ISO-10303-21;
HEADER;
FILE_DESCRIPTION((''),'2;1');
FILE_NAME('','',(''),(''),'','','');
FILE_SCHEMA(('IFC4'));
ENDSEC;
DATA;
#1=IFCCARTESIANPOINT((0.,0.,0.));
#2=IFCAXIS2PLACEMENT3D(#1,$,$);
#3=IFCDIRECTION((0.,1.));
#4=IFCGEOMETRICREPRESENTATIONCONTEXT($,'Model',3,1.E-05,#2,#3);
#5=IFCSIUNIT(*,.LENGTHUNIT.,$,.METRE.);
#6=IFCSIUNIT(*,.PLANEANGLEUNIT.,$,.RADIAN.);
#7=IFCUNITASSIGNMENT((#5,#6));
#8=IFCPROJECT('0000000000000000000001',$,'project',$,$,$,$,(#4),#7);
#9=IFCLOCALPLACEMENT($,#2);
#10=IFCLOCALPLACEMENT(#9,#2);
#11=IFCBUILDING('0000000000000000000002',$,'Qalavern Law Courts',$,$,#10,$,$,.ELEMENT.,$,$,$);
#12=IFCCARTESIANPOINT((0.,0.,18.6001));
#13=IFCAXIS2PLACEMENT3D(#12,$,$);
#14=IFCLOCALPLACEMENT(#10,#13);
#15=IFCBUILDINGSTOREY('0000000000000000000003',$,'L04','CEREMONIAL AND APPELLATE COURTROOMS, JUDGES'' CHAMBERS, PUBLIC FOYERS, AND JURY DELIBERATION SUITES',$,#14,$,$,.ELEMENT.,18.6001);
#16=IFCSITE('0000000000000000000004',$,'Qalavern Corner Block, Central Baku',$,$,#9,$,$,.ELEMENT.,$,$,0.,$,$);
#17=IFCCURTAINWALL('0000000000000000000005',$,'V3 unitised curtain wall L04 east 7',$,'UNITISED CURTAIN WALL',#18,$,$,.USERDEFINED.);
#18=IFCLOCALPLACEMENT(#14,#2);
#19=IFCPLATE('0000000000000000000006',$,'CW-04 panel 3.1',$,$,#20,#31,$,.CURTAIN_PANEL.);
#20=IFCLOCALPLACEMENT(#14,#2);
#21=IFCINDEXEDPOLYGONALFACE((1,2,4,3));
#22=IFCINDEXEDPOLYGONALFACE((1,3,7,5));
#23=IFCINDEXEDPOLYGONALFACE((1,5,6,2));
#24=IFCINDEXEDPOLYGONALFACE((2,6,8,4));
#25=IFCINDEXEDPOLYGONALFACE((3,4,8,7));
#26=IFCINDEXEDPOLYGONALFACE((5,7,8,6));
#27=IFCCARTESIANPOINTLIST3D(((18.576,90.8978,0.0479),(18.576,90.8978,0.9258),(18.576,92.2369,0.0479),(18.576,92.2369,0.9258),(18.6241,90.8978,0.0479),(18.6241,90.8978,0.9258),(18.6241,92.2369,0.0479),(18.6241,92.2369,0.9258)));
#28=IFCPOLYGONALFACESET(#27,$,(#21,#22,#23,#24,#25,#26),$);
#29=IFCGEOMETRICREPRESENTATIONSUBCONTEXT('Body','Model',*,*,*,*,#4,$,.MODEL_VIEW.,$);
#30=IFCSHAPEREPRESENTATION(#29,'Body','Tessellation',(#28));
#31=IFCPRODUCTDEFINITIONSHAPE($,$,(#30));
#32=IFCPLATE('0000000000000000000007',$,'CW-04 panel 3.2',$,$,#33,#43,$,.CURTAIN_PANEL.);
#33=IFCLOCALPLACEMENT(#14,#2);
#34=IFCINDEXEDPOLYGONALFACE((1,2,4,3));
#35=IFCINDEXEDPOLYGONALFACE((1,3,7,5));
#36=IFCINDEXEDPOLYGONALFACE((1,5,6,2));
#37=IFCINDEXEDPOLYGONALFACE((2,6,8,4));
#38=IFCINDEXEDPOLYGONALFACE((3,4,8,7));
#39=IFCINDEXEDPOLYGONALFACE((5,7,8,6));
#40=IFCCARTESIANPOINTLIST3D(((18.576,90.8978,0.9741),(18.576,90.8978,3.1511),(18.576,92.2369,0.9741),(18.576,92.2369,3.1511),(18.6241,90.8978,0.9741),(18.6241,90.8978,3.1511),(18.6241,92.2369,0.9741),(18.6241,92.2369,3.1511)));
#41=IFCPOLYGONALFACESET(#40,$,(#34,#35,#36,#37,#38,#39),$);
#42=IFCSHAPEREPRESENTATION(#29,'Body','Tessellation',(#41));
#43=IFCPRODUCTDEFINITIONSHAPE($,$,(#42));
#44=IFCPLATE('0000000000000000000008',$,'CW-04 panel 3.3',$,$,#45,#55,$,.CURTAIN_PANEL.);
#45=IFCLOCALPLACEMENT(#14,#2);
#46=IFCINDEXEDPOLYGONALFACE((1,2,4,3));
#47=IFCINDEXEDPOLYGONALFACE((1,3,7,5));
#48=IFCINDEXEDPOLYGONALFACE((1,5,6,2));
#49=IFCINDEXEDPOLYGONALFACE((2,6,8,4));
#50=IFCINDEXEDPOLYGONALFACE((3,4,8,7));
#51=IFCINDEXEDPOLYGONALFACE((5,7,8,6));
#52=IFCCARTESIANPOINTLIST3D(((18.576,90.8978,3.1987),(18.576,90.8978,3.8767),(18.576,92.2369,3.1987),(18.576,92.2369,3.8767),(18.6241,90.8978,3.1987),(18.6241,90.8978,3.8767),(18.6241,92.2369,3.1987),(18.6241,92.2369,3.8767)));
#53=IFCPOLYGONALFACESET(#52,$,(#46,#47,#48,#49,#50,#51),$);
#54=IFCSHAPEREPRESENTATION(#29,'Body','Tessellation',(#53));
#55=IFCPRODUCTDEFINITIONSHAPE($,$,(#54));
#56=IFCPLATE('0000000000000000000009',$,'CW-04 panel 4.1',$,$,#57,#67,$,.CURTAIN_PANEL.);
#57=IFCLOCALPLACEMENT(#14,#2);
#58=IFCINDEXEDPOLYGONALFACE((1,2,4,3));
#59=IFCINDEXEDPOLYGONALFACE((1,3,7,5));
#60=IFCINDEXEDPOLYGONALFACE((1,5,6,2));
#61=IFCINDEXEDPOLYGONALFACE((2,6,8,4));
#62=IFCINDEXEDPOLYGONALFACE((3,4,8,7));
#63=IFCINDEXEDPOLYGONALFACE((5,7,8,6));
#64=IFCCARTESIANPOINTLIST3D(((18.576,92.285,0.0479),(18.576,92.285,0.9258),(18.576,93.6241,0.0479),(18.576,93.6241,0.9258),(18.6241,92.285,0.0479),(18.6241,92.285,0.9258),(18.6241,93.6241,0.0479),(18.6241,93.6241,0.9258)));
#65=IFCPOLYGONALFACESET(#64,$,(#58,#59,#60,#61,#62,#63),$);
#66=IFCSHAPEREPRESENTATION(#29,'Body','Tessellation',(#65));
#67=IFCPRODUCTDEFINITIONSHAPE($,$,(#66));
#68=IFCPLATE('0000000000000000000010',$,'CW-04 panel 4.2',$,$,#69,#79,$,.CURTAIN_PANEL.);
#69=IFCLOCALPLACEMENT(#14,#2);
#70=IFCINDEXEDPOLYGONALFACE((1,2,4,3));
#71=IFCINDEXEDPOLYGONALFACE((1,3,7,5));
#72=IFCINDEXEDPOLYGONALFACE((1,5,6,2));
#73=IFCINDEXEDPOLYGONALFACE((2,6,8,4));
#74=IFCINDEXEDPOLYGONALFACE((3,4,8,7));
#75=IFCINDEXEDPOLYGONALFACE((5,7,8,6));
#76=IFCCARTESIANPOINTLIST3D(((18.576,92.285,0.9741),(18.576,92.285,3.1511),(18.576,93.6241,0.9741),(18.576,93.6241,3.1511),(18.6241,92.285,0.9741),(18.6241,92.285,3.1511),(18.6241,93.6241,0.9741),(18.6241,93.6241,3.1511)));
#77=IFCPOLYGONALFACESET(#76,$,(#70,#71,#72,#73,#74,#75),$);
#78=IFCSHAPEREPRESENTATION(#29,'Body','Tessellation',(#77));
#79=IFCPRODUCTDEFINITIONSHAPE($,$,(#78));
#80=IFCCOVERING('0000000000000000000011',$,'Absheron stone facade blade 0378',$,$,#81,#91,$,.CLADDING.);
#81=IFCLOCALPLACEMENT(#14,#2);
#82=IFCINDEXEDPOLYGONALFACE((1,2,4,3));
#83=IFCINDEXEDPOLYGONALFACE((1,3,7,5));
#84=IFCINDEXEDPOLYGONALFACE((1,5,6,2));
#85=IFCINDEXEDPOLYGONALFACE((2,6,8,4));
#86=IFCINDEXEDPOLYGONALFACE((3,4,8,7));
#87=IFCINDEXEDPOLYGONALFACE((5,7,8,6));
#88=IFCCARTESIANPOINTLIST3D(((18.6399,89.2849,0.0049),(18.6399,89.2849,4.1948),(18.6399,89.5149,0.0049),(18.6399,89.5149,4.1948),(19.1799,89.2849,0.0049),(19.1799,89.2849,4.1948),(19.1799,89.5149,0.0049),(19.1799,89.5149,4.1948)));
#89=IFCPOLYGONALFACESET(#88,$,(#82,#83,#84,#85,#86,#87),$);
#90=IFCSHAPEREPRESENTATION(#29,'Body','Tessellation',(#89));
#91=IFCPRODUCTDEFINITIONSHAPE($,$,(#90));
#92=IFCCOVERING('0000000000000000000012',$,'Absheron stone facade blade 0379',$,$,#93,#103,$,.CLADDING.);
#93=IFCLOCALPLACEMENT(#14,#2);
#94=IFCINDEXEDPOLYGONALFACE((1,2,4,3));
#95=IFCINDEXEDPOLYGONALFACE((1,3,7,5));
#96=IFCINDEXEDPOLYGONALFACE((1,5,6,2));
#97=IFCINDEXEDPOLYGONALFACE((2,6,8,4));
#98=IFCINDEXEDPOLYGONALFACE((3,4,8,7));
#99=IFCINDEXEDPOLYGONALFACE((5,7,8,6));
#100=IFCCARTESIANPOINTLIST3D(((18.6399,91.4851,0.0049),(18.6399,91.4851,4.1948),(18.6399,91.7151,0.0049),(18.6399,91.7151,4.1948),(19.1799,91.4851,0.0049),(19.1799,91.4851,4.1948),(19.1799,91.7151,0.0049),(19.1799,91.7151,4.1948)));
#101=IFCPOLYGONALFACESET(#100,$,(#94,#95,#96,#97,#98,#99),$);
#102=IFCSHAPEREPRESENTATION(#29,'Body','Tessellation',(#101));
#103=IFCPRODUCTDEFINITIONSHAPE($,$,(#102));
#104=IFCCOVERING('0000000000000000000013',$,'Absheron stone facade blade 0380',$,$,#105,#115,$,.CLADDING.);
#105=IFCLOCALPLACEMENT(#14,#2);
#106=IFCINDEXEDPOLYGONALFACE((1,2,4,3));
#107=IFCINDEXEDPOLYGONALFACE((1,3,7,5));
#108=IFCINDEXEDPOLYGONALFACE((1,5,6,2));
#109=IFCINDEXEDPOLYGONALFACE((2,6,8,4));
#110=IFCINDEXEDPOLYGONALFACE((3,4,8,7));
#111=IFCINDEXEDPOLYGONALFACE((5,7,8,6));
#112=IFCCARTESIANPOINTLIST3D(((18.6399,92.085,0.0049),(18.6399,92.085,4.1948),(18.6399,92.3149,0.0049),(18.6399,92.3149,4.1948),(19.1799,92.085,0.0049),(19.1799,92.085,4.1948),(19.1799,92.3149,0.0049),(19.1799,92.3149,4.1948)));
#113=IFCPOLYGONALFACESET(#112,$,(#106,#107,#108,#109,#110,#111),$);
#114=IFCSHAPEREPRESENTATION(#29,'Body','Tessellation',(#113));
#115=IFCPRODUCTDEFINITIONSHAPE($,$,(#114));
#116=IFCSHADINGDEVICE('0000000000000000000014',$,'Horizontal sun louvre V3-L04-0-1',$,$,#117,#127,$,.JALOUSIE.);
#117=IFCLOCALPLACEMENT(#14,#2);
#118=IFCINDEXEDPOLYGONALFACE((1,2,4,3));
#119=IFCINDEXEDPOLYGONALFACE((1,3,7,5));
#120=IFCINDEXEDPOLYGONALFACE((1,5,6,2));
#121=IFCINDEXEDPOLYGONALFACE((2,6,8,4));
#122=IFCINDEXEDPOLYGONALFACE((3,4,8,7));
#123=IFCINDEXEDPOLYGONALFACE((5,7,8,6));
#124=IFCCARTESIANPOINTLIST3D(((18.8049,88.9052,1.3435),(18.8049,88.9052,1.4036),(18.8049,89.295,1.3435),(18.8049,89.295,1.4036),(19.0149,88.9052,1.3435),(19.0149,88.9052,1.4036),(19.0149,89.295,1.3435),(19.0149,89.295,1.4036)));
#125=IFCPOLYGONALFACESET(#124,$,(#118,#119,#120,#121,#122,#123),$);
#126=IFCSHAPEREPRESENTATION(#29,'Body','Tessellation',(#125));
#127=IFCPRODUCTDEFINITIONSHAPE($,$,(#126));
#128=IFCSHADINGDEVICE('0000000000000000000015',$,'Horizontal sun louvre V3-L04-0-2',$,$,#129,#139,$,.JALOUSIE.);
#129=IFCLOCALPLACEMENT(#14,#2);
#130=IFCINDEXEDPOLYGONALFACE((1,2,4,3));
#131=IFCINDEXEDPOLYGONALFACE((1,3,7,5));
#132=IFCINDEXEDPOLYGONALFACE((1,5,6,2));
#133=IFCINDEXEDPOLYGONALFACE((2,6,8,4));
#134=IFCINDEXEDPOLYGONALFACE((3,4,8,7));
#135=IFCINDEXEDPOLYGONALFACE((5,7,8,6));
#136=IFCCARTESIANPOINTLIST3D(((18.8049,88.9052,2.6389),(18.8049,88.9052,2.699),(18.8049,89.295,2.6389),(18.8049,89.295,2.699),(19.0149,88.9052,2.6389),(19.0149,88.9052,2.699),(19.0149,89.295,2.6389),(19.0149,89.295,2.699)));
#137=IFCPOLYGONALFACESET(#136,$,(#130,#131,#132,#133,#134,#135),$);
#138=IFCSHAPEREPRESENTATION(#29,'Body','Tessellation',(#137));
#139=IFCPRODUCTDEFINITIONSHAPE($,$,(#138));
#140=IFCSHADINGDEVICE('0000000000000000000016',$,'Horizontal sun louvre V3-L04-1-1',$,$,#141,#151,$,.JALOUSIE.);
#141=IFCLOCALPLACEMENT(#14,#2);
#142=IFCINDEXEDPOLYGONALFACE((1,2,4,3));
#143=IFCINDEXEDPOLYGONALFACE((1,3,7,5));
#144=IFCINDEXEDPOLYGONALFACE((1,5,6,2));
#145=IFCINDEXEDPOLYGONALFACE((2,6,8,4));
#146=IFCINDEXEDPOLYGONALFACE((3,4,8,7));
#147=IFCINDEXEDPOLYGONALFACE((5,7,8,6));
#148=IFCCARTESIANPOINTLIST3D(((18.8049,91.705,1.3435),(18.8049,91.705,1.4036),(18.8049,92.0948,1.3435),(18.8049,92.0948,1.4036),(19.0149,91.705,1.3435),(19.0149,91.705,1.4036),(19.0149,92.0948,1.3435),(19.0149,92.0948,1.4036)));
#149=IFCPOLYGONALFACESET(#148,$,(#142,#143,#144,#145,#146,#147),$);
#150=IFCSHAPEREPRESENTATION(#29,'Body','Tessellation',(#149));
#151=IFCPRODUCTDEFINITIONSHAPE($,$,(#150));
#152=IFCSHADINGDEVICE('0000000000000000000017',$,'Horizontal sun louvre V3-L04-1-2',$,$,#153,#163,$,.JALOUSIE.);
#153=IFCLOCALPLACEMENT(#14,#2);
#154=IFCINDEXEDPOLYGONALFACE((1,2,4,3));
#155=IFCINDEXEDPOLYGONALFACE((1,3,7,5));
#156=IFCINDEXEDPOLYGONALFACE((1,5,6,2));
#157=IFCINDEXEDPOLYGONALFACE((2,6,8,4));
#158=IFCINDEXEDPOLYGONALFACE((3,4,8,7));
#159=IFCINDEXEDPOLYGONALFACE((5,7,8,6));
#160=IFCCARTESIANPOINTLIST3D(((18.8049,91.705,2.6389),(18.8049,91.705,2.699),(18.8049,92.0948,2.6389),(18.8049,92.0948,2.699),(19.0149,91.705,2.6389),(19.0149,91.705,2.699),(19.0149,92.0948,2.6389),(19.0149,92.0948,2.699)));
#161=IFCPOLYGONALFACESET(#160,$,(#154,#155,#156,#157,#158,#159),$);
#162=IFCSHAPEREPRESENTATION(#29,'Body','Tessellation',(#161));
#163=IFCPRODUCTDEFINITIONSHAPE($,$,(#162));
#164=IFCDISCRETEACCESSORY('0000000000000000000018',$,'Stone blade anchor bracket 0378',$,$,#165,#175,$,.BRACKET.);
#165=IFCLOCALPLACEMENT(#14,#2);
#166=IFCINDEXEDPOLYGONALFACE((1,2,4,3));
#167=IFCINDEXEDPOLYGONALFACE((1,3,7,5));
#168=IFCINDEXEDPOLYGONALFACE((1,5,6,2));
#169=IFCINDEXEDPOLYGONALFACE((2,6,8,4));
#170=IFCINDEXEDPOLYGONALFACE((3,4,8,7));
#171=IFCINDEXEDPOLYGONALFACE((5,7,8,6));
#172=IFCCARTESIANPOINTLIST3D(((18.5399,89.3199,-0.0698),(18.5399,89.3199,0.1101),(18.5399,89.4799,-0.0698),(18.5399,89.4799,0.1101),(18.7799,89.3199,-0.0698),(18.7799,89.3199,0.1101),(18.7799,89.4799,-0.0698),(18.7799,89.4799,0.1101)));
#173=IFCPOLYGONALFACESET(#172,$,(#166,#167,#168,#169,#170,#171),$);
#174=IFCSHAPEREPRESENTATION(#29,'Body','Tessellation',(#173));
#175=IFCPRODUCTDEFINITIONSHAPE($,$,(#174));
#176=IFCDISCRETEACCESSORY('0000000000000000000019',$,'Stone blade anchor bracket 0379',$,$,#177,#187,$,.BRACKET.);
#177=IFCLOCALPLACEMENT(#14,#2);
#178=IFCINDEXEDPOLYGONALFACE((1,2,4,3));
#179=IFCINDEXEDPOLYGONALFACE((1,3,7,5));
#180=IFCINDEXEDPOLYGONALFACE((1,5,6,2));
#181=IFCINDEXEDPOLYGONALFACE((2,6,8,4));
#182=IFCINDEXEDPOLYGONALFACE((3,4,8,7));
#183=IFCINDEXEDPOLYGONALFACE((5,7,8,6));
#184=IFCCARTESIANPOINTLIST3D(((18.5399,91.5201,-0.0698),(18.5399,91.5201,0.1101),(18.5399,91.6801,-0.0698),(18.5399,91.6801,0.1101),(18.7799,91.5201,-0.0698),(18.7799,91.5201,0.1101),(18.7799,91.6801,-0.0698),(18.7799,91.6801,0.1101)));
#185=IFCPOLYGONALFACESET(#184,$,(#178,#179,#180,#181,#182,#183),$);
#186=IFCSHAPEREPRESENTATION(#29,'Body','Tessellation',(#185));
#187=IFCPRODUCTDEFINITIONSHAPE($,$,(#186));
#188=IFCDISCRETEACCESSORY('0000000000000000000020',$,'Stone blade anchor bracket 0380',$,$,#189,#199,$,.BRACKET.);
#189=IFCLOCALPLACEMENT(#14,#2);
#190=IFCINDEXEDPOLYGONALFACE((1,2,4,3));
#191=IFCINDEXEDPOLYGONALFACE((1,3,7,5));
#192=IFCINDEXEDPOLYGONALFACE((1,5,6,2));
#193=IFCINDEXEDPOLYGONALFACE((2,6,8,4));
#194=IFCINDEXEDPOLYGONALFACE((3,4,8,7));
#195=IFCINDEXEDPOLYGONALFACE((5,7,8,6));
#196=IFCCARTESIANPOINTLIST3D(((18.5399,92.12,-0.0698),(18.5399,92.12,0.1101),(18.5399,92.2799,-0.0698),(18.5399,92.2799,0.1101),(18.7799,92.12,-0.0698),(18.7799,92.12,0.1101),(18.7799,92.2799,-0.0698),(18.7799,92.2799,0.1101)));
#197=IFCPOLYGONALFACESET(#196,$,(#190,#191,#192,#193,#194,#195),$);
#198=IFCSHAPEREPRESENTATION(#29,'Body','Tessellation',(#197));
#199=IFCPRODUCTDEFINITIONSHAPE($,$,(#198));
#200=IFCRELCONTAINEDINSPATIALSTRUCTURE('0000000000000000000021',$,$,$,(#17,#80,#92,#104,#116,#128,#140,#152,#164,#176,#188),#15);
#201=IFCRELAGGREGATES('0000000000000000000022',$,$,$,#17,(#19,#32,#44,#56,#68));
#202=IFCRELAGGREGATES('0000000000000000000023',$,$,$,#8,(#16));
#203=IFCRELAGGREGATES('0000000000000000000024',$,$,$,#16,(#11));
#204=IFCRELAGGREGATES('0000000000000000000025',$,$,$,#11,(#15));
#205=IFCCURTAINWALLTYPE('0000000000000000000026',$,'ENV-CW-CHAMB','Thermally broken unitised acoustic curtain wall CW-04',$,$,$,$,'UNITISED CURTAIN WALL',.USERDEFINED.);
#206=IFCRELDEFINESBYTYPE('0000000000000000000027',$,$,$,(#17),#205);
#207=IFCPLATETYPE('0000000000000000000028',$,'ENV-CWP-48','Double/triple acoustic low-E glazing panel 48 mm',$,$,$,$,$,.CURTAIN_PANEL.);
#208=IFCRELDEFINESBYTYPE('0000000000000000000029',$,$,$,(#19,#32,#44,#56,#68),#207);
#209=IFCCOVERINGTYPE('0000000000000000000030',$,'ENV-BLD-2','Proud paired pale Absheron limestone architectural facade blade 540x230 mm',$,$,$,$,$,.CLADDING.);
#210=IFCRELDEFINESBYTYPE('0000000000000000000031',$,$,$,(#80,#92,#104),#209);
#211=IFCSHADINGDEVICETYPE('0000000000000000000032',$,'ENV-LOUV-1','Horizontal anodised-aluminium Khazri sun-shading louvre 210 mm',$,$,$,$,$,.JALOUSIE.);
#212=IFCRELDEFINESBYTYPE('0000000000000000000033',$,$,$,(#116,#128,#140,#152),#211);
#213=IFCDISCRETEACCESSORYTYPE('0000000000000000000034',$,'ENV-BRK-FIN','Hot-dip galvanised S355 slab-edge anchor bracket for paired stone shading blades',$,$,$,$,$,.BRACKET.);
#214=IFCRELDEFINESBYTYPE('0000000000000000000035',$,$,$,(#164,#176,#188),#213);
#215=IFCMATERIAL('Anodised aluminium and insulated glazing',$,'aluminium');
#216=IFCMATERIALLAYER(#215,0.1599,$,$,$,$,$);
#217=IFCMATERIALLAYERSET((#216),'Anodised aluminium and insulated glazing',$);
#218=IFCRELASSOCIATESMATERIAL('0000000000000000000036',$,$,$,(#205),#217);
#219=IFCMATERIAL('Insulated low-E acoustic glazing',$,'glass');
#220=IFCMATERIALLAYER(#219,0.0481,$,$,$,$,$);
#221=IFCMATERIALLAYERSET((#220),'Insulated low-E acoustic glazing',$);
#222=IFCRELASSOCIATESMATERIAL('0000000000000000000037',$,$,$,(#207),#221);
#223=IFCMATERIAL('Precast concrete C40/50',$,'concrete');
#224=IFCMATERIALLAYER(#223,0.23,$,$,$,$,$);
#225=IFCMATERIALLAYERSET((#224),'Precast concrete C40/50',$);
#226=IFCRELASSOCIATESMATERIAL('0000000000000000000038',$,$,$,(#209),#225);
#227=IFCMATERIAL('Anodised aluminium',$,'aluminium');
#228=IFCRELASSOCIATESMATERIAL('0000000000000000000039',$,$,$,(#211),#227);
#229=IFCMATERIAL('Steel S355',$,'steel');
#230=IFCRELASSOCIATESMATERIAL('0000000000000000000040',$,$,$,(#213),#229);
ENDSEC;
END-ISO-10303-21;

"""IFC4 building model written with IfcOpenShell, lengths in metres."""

from ifc_helpers import new_model, si_unit, direction, frame, origin, origin_2d, place, context, subcontext, project, spatial, rectangle, extrude, material, layer, layer_set, type_object, element, aggregate, save


model = new_model("IFC4")

# Units and contexts
model_context = context("Model", 3, precision=1e-05, world=origin(), true_north=direction((0.0, 1.0)))
body_context = subcontext(model_context, "Body", "Model", "MODEL_VIEW")
ifc_project = project(units=[si_unit("LENGTHUNIT", "METRE"), si_unit("PLANEANGLEUNIT", "RADIAN")], contexts=[model_context])

# Site, building, storey
site_placement = place(None, origin())
site = spatial("IfcSite", under=ifc_project, at=site_placement, Name="Qalavern Corner Block, Central Baku", CompositionType="ELEMENT", RefElevation=0.0)
building_placement = place(site_placement, origin())
building = spatial("IfcBuilding", under=site, at=building_placement, Name="Qalavern Law Courts", CompositionType="ELEMENT")
storey_placement = place(building_placement, frame((0.0, 0.0, 18.6001)))
storey = spatial("IfcBuildingStorey", under=building, at=storey_placement, Name="L04", Description="CEREMONIAL AND APPELLATE COURTROOMS, JUDGES' CHAMBERS, PUBLIC FOYERS, AND JURY DELIBERATION SUITES", CompositionType="ELEMENT", Elevation=18.6001)

# Curtain wall
ifc_material_1 = material(Name="Anodised aluminium and insulated glazing", Category="aluminium")
ifc_layer_1 = layer(ifc_material_1, 0.1599)
ifc_layer_set_1 = layer_set([ifc_layer_1], Name="Anodised aluminium and insulated glazing")
curtain_wall_type = type_object("IfcCurtainWallType", Name="ENV-CW-CHAMB", Description="Thermally broken unitised acoustic curtain wall CW-04", ElementType="UNITISED CURTAIN WALL", PredefinedType="USERDEFINED", material=ifc_layer_set_1)
curtain_wall_placement = place(storey_placement, origin())
curtain_wall = element("IfcCurtainWall", 1, at=curtain_wall_placement, inside=storey, type_object=curtain_wall_type, Name="V3 unitised curtain wall L04 east 7", ObjectType="UNITISED CURTAIN WALL", PredefinedType="USERDEFINED")
ifc_material_2 = material(Name="Anodised aluminium", Category="aluminium")

# Shared definitions
ifc_material_3 = material(Name="Steel S355", Category="steel")

# Plates
ifc_material_4 = material(Name="Insulated low-E acoustic glazing", Category="glass")
ifc_layer_2 = layer(ifc_material_4, 0.0481)
ifc_layer_set_2 = layer_set([ifc_layer_2], Name="Insulated low-E acoustic glazing")
plate_type = type_object("IfcPlateType", Name="ENV-CWP-48", Description="Double/triple acoustic low-E glazing panel 48 mm", PredefinedType="CURTAIN_PANEL", material=ifc_layer_set_2)
plate_1_placement = place(storey_placement, frame((18.6001, 91.5674, 0.0479), z_axis=(0.0, 0.0, 1.0), x_axis=(0.0, 1.0, 0.0)))
plate_1 = element("IfcPlate", 2, at=plate_1_placement, type_object=plate_type, Name="CW-04 panel 3.1", PredefinedType="CURTAIN_PANEL", context=body_context, shape_type="SweptSolid", body=[
    extrude(rectangle(XDim=1.3391, YDim=0.0481, at=origin_2d()), origin(), (0.0, 0.0, 1.0), 0.8779),
])
plate_2_placement = place(storey_placement, frame((18.6001, 91.5674, 0.9741), z_axis=(0.0, 0.0, 1.0), x_axis=(0.0, 1.0, 0.0)))
plate_2 = element("IfcPlate", 3, at=plate_2_placement, type_object=plate_type, Name="CW-04 panel 3.2", PredefinedType="CURTAIN_PANEL", context=body_context, shape_type="SweptSolid", body=[
    extrude(rectangle(XDim=1.3391, YDim=0.0481, at=origin_2d()), origin(), (0.0, 0.0, 1.0), 2.177),
])
plate_3_placement = place(storey_placement, frame((18.6001, 91.5674, 3.1987), z_axis=(0.0, 0.0, 1.0), x_axis=(0.0, 1.0, 0.0)))
plate_3 = element("IfcPlate", 4, at=plate_3_placement, type_object=plate_type, Name="CW-04 panel 3.3", PredefinedType="CURTAIN_PANEL", context=body_context, shape_type="SweptSolid", body=[
    extrude(rectangle(XDim=1.3391, YDim=0.0481, at=origin_2d()), origin(), (0.0, 0.0, 1.0), 0.678),
])
plate_4_placement = place(storey_placement, frame((18.6001, 92.9546, 0.0479), z_axis=(0.0, 0.0, 1.0), x_axis=(0.0, 1.0, 0.0)))
plate_4 = element("IfcPlate", 5, at=plate_4_placement, type_object=plate_type, Name="CW-04 panel 4.1", PredefinedType="CURTAIN_PANEL", context=body_context, shape_type="SweptSolid", body=[
    extrude(rectangle(XDim=1.3391, YDim=0.0481, at=origin_2d()), origin(), (0.0, 0.0, 1.0), 0.8779),
])
plate_5_placement = place(storey_placement, frame((18.6001, 92.9546, 0.9741), z_axis=(0.0, 0.0, 1.0), x_axis=(0.0, 1.0, 0.0)))
plate_5 = element("IfcPlate", 6, at=plate_5_placement, type_object=plate_type, Name="CW-04 panel 4.2", PredefinedType="CURTAIN_PANEL", context=body_context, shape_type="SweptSolid", body=[
    extrude(rectangle(XDim=1.3391, YDim=0.0481, at=origin_2d()), origin(), (0.0, 0.0, 1.0), 2.177),
])
aggregate(curtain_wall, [plate_1, plate_2, plate_3, plate_4, plate_5])

# Coverings
ifc_material_5 = material(Name="Precast concrete C40/50", Category="concrete")
ifc_layer_3 = layer(ifc_material_5, 0.23)
ifc_layer_set_3 = layer_set([ifc_layer_3], Name="Precast concrete C40/50")
covering_type = type_object("IfcCoveringType", Name="ENV-BLD-2", Description="Proud paired pale Absheron limestone architectural facade blade 540x230 mm", PredefinedType="CLADDING", material=ifc_layer_set_3)
for number, where, z_axis, x_axis, name in (
    (7, (18.9099, 89.3999, 0.0049), (0.0, 0.0, 1.0), (1.0, 0.0, 0.0), "Absheron stone facade blade 0378"),
    (8, (18.9099, 91.6001, 0.0049), (0.0, 0.0, 1.0), (1.0, 0.0, 0.0), "Absheron stone facade blade 0379"),
    (9, (18.9099, 92.2, 0.0049), (0.0, 0.0, 1.0), (1.0, 0.0, 0.0), "Absheron stone facade blade 0380"),
):
    element("IfcCovering", number, at=place(storey_placement, frame(where, z_axis=z_axis, x_axis=x_axis)), inside=storey, type_object=covering_type, Name=name, PredefinedType="CLADDING", context=body_context, shape_type="SweptSolid", body=[
        extrude(rectangle(XDim=0.54, YDim=0.23, at=origin_2d()), origin(), (0.0, 0.0, 1.0), 4.1899),
    ])

# Shading devices
shading_device_type = type_object("IfcShadingDeviceType", Name="ENV-LOUV-1", Description="Horizontal anodised-aluminium Khazri sun-shading louvre 210 mm", PredefinedType="JALOUSIE", material=ifc_material_2)
for number, where, z_axis, x_axis, name in (
    (10, (18.9099, 89.1001, 1.3435), (0.0, 0.0, 1.0), (0.0, 1.0, 0.0), "Horizontal sun louvre V3-L04-0-1"),
    (11, (18.9099, 89.1001, 2.6389), (0.0, 0.0, 1.0), (0.0, 1.0, 0.0), "Horizontal sun louvre V3-L04-0-2"),
    (12, (18.9099, 91.8999, 1.3435), (0.0, 0.0, 1.0), (0.0, 1.0, 0.0), "Horizontal sun louvre V3-L04-1-1"),
    (13, (18.9099, 91.8999, 2.6389), (0.0, 0.0, 1.0), (0.0, 1.0, 0.0), "Horizontal sun louvre V3-L04-1-2"),
):
    element("IfcShadingDevice", number, at=place(storey_placement, frame(where, z_axis=z_axis, x_axis=x_axis)), inside=storey, type_object=shading_device_type, Name=name, PredefinedType="JALOUSIE", context=body_context, shape_type="SweptSolid", body=[
        extrude(rectangle(XDim=0.3899, YDim=0.21, at=origin_2d()), origin(), (0.0, 0.0, 1.0), 0.0601),
    ])

# Discrete accessories
discrete_accessory_type = type_object("IfcDiscreteAccessoryType", Name="ENV-BRK-FIN", Description="Hot-dip galvanised S355 slab-edge anchor bracket for paired stone shading blades", PredefinedType="BRACKET", material=ifc_material_3)
for number, where, z_axis, x_axis, name in (
    (14, (18.6599, 89.3999, -0.0698), (0.0, 0.0, 1.0), (1.0, 0.0, 0.0), "Stone blade anchor bracket 0378"),
    (15, (18.6599, 91.6001, -0.0698), (0.0, 0.0, 1.0), (1.0, 0.0, 0.0), "Stone blade anchor bracket 0379"),
    (16, (18.6599, 92.2, -0.0698), (0.0, 0.0, 1.0), (1.0, 0.0, 0.0), "Stone blade anchor bracket 0380"),
):
    element("IfcDiscreteAccessory", number, at=place(storey_placement, frame(where, z_axis=z_axis, x_axis=x_axis)), inside=storey, type_object=discrete_accessory_type, Name=name, PredefinedType="BRACKET", context=body_context, shape_type="SweptSolid", body=[
        extrude(rectangle(XDim=0.24, YDim=0.1599, at=origin_2d()), origin(), (0.0, 0.0, 1.0), 0.1799),
    ])

save(model, "model.ifc")
